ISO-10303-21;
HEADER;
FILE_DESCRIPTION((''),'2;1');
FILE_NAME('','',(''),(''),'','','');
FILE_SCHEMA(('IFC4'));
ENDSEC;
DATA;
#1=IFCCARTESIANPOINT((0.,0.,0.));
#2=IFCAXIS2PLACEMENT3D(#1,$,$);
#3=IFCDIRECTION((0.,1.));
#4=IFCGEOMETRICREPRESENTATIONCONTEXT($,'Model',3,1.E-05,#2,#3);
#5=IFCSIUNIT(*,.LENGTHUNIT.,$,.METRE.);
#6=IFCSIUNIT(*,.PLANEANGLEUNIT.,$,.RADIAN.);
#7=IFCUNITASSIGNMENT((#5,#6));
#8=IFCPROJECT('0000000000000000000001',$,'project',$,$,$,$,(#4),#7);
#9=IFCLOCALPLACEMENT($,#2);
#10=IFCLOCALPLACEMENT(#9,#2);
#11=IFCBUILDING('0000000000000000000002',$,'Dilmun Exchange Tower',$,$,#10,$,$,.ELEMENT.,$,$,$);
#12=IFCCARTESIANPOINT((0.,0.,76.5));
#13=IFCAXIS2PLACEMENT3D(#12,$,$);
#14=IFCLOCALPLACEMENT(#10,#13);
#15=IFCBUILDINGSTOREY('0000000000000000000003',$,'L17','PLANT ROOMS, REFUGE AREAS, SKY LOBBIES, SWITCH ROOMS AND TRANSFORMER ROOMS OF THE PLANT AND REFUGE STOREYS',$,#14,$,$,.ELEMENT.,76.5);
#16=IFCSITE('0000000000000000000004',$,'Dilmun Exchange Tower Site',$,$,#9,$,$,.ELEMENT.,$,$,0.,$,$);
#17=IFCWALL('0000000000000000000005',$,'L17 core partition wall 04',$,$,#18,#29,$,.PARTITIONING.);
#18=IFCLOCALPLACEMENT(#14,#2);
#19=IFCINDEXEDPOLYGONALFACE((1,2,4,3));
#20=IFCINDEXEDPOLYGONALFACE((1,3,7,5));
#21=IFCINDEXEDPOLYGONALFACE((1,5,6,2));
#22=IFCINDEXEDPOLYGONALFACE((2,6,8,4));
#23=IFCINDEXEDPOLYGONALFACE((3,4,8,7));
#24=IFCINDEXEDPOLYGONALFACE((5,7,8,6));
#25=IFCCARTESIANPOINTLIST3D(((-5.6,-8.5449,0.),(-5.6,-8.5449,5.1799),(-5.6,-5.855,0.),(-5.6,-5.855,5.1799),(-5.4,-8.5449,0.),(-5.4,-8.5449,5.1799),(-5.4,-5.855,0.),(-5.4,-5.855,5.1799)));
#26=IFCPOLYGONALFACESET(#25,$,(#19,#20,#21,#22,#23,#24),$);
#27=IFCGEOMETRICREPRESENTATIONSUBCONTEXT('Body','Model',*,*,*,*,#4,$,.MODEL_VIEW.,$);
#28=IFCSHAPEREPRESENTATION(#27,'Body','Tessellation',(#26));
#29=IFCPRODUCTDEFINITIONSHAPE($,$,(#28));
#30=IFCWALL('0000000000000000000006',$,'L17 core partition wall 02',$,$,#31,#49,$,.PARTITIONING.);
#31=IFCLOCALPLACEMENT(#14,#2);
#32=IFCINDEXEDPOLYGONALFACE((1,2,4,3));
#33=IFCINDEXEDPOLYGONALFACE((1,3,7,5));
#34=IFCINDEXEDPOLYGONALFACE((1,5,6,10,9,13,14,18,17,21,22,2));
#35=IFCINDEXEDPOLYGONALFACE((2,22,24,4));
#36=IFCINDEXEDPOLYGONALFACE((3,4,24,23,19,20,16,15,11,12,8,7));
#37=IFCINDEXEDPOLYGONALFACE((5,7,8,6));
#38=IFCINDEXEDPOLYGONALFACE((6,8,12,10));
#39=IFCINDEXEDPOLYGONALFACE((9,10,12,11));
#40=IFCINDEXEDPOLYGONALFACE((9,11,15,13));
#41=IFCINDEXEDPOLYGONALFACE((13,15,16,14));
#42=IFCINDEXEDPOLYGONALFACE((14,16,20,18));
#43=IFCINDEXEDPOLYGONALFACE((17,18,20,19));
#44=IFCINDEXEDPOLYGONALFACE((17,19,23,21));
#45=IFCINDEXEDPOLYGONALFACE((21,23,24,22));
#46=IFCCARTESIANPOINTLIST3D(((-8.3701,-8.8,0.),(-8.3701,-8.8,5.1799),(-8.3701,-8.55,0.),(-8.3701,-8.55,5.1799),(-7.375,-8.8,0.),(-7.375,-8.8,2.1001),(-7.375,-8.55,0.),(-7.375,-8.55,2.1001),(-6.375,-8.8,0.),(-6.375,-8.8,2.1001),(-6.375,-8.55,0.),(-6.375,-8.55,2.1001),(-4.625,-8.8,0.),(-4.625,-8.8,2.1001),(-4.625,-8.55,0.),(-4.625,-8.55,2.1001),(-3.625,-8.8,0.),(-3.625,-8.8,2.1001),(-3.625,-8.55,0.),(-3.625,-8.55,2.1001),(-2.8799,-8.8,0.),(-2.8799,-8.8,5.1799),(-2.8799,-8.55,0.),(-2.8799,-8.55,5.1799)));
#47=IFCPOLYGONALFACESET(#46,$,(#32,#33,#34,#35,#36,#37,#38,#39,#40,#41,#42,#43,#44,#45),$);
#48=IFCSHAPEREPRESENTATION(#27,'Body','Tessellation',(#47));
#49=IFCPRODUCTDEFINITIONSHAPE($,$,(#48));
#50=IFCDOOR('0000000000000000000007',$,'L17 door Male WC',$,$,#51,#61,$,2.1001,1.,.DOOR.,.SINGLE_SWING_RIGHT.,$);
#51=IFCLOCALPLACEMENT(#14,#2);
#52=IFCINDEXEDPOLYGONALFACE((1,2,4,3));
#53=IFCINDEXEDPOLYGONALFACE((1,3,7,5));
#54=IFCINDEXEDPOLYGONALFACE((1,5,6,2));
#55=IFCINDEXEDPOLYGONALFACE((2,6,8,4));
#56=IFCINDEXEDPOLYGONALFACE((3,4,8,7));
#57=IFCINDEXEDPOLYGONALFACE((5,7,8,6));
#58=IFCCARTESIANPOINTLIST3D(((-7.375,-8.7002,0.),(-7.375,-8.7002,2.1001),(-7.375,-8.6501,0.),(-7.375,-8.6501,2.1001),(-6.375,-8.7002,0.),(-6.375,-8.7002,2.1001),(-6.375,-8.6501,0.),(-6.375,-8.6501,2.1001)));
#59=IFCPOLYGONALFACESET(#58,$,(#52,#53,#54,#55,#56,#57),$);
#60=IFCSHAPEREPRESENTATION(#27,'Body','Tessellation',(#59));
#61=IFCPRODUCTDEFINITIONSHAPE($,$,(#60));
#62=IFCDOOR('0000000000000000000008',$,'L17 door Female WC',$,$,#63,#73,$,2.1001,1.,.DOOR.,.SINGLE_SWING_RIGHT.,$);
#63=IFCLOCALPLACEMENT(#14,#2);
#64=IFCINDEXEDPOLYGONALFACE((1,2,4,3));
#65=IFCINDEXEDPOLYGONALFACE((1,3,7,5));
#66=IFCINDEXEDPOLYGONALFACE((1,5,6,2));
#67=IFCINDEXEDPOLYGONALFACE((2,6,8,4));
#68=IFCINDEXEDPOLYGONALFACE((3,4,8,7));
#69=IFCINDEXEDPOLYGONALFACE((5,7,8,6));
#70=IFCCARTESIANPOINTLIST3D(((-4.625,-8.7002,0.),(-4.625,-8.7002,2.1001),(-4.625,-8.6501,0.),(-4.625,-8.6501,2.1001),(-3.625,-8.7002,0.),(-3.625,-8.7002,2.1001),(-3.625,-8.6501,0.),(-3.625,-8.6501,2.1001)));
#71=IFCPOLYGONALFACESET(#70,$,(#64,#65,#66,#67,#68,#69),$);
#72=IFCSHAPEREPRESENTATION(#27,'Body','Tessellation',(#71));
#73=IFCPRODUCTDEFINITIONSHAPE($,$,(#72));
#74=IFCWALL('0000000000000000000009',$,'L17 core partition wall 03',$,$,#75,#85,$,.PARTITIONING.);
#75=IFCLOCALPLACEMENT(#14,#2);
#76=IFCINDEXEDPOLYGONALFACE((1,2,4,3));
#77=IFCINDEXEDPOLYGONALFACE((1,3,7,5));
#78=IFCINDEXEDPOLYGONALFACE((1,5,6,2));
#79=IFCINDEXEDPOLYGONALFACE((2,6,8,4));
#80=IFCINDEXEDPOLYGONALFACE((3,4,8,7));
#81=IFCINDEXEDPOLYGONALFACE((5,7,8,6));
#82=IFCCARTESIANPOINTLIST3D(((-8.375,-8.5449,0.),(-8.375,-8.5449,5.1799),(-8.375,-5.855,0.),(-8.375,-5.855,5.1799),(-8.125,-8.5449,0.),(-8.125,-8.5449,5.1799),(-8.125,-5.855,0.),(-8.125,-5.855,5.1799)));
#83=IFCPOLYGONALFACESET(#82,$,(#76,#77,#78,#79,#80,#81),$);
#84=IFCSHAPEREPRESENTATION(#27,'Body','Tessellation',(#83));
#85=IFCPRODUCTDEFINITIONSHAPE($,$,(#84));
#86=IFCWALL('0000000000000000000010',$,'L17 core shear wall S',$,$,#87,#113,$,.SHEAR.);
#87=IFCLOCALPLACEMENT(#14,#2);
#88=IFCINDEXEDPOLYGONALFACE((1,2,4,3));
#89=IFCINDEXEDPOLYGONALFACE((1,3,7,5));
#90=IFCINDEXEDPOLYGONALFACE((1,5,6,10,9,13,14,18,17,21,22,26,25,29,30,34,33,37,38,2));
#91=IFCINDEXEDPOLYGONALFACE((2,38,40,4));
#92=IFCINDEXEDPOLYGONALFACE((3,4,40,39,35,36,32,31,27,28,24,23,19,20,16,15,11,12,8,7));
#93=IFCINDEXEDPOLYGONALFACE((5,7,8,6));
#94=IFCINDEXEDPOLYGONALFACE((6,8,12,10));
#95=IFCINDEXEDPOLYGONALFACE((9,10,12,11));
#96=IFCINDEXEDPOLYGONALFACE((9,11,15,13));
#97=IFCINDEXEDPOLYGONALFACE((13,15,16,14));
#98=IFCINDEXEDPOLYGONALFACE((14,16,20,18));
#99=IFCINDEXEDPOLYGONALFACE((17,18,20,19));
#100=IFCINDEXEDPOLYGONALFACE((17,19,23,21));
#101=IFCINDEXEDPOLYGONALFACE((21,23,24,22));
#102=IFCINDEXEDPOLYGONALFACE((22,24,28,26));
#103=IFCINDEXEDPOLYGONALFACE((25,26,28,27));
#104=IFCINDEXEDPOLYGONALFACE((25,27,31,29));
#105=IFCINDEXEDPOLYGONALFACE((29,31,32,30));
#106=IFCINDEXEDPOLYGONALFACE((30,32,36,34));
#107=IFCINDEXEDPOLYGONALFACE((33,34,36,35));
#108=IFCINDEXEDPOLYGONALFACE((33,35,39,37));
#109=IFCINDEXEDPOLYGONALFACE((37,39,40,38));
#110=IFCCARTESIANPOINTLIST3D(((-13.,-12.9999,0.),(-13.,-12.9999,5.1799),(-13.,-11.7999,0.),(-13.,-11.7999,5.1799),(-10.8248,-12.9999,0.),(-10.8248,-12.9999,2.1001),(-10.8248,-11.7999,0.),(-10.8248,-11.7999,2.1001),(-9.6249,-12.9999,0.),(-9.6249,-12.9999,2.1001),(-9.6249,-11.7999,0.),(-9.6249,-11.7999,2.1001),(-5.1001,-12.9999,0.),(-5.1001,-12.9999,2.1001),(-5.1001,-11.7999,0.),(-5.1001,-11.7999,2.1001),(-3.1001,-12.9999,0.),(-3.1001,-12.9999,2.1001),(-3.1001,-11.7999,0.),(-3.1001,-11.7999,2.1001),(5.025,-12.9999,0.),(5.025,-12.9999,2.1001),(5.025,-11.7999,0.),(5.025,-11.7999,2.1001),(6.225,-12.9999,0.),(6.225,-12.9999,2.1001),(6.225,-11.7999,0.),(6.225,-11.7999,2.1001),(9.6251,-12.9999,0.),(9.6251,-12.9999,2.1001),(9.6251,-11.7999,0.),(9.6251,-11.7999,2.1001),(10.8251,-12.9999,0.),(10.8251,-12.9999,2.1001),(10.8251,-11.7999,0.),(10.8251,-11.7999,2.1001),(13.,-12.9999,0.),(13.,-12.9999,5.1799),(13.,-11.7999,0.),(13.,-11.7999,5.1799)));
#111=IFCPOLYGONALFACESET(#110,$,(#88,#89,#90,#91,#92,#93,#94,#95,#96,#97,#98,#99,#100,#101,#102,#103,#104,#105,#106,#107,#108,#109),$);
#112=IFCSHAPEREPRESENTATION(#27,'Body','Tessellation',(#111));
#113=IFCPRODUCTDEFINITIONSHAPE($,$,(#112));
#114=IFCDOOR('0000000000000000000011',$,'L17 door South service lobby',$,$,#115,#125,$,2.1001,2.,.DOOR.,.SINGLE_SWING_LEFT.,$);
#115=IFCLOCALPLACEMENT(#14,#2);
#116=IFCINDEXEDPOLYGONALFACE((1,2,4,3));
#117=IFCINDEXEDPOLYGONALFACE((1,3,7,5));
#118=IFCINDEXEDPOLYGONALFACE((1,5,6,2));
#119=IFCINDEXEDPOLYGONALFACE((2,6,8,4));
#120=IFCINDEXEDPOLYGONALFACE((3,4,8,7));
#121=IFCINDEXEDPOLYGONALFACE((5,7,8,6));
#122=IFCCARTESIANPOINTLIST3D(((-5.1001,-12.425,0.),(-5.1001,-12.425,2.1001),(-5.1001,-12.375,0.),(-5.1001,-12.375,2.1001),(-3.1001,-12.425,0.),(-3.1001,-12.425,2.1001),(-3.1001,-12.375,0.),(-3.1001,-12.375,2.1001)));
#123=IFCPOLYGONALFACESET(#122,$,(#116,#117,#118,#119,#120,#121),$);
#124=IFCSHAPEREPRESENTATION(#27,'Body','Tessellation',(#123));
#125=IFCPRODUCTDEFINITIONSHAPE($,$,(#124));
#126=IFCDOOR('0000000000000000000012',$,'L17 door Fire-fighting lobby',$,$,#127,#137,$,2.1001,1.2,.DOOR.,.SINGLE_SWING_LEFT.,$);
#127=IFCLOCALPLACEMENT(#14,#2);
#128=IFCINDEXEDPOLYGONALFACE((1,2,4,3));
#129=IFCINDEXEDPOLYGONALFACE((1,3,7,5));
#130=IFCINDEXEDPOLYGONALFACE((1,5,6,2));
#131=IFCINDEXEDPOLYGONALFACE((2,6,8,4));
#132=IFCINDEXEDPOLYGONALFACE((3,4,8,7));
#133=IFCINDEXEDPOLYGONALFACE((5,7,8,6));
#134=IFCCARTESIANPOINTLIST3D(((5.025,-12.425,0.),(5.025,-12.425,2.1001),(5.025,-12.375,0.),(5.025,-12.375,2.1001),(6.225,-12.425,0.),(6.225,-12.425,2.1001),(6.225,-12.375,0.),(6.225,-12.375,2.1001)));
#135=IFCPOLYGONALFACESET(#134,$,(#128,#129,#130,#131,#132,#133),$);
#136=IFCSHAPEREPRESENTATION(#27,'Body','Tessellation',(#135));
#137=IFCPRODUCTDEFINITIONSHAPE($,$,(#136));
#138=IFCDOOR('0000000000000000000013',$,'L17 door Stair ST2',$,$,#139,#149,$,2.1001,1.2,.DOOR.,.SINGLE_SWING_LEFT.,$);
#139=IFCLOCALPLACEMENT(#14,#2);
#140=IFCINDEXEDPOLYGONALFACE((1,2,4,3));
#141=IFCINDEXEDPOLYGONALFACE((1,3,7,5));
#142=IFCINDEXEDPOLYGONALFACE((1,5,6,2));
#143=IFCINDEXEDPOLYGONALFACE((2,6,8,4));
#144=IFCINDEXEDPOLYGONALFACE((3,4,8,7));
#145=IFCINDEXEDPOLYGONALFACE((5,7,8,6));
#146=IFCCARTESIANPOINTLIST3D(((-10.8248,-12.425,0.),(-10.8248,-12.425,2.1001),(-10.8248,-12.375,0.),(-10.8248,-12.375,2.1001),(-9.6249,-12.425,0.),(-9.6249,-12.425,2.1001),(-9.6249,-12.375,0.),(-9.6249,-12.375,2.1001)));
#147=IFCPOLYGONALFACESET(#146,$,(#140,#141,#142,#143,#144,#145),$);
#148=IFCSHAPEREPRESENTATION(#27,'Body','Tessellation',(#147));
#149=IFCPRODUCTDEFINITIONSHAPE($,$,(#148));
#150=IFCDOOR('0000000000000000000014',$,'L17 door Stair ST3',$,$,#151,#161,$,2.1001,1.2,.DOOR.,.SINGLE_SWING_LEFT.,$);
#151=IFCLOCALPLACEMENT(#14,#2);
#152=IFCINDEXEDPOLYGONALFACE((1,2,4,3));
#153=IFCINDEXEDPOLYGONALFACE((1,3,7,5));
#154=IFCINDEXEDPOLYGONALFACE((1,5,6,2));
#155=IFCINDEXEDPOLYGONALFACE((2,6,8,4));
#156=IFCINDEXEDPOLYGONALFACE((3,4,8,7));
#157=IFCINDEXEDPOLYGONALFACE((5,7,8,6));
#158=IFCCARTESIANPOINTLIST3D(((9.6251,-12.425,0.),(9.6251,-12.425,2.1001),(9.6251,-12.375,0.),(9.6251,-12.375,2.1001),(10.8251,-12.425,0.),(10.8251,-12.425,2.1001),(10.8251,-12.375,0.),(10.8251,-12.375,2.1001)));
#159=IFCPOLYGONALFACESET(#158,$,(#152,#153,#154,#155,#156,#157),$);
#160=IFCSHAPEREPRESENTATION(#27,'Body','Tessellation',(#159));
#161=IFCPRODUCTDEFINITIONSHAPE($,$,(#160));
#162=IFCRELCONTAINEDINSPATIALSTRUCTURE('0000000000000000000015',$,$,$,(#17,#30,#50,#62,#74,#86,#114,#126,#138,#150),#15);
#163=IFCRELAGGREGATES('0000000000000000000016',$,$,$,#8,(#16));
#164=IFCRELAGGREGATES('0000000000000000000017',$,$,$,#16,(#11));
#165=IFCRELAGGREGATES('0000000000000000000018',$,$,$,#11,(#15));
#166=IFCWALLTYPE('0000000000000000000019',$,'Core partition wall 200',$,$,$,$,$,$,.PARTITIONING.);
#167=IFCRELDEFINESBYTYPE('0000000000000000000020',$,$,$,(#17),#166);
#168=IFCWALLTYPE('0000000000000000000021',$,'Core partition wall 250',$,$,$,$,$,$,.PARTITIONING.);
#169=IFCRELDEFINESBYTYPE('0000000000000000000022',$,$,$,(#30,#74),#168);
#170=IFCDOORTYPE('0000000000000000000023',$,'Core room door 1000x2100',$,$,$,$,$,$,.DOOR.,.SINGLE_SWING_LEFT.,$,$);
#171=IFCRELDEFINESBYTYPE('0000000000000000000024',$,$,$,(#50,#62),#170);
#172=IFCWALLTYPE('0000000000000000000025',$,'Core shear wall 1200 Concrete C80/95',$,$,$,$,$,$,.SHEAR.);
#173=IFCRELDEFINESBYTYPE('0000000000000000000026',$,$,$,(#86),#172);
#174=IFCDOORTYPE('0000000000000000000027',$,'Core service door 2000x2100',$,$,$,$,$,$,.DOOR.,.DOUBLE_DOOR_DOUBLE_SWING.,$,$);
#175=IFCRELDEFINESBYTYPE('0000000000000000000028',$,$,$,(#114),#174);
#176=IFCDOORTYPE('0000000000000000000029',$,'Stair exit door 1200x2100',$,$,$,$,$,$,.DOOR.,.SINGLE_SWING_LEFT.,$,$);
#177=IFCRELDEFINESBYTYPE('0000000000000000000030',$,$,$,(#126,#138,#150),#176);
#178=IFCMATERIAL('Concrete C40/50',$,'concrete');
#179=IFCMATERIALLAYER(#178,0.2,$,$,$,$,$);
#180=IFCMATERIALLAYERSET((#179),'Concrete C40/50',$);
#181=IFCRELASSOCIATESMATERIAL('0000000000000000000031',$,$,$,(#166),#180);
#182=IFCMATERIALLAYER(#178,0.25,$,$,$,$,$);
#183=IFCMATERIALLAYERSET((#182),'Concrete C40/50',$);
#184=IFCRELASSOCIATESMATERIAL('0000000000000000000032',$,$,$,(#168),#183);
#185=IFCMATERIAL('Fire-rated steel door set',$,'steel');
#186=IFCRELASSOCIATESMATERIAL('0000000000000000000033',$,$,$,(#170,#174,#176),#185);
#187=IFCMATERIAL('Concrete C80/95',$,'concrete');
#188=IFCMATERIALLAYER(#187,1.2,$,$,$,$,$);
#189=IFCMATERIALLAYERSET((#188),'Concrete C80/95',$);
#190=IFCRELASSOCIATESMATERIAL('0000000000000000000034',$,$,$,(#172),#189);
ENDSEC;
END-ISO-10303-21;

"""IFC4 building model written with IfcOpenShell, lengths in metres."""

from ifc_helpers import new_model, si_unit, direction, frame, frame_2d, origin, place, context, subcontext, project, spatial, rectangle, extrude, material, layer, layer_set, type_object, element, fill, save


model = new_model("IFC4")

# Units and contexts
model_context = context("Model", 3, precision=1e-05, world=origin(), true_north=direction((0.0, 1.0)))
body_context = subcontext(model_context, "Body", "Model", "MODEL_VIEW")
ifc_project = project(units=[si_unit("LENGTHUNIT", "METRE"), si_unit("PLANEANGLEUNIT", "RADIAN")], contexts=[model_context])

# Site, building, storey
site_placement = place(None, origin())
site = spatial("IfcSite", under=ifc_project, at=site_placement, Name="Dilmun Exchange Tower Site", CompositionType="ELEMENT", RefElevation=0.0)
building_placement = place(site_placement, origin())
building = spatial("IfcBuilding", under=site, at=building_placement, Name="Dilmun Exchange Tower", CompositionType="ELEMENT")
storey_placement = place(building_placement, frame((0.0, 0.0, 76.5)))
storey = spatial("IfcBuildingStorey", under=building, at=storey_placement, Name="L17", Description="PLANT ROOMS, REFUGE AREAS, SKY LOBBIES, SWITCH ROOMS AND TRANSFORMER ROOMS OF THE PLANT AND REFUGE STOREYS", CompositionType="ELEMENT", Elevation=76.5)

# Wall
ifc_material_1 = material(Name="Concrete C40/50", Category="concrete")
ifc_layer_1 = layer(ifc_material_1, 0.2)
ifc_layer_set_1 = layer_set([ifc_layer_1], Name="Concrete C40/50")
wall_type_1 = type_object("IfcWallType", Name="Core partition wall 200", PredefinedType="PARTITIONING", material=ifc_layer_set_1)
wall_1_placement = place(storey_placement, frame((-5.5, -8.5449, 0.0), z_axis=(0.0, 0.0, 1.0), x_axis=(0.0, 1.0, 0.0)))
element("IfcWall", 1, at=wall_1_placement, inside=storey, type_object=wall_type_1, Name="L17 core partition wall 04", PredefinedType="PARTITIONING", context=body_context, shape_type="SweptSolid", body=[
    extrude(rectangle(XDim=2.6899, YDim=0.2, at=frame_2d((1.345, 0.0))), origin(), (0.0, 0.0, 1.0), 5.1799),
])

# Wall, openings, doors
ifc_layer_2 = layer(ifc_material_1, 0.25)
ifc_layer_set_2 = layer_set([ifc_layer_2], Name="Concrete C40/50")
wall_type_2 = type_object("IfcWallType", Name="Core partition wall 250", PredefinedType="PARTITIONING", material=ifc_layer_set_2)
wall_2_placement = place(storey_placement, frame((-8.3701, -8.675, 0.0), z_axis=(0.0, 0.0, 1.0), x_axis=(1.0, 0.0, 0.0)))
wall_2 = element("IfcWall", 2, at=wall_2_placement, inside=storey, type_object=wall_type_2, Name="L17 core partition wall 02", PredefinedType="PARTITIONING", context=body_context, shape_type="SweptSolid", body=[
    extrude(rectangle(XDim=5.4902, YDim=0.25, at=frame_2d((2.7451, 0.0))), origin(), (0.0, 0.0, 1.0), 5.1799),
])
opening_1_placement = place(wall_2_placement, frame((0.9951, 0.0, 0.0)))
opening_1 = element("IfcOpeningElement", 3, at=opening_1_placement, cuts=wall_2, PredefinedType="OPENING", context=body_context, shape_type="SweptSolid", body=[
    extrude(rectangle(XDim=1.0, YDim=2.1001, at=frame_2d((0.5, 1.05))), frame((0.0, 0.135, 0.0), z_axis=(0.0, -1.0, 0.0), x_axis=(1.0, 0.0, 0.0)), (0.0, 0.0, 1.0), 0.27),
])
opening_2_placement = place(wall_2_placement, frame((3.7451, 0.0, 0.0)))
opening_2 = element("IfcOpeningElement", 4, at=opening_2_placement, cuts=wall_2, PredefinedType="OPENING", context=body_context, shape_type="SweptSolid", body=[
    extrude(rectangle(XDim=1.0, YDim=2.1001, at=frame_2d((0.5, 1.05))), frame((0.0, 0.135, 0.0), z_axis=(0.0, -1.0, 0.0), x_axis=(1.0, 0.0, 0.0)), (0.0, 0.0, 1.0), 0.27),
])
ifc_material_2 = material(Name="Fire-rated steel door set", Category="steel")
door_type_1 = type_object("IfcDoorType", Name="Core room door 1000x2100", OperationType="SINGLE_SWING_LEFT", PredefinedType="DOOR", material=ifc_material_2)
door_1_placement = place(opening_1_placement, origin())
door_1 = element("IfcDoor", 5, at=door_1_placement, inside=storey, type_object=door_type_1, Name="L17 door Male WC", OperationType="SINGLE_SWING_RIGHT", OverallHeight=2.1001, OverallWidth=1.0, PredefinedType="DOOR", context=body_context, shape_type="SweptSolid", body=[
    extrude(rectangle(XDim=1.0, YDim=2.1001, at=frame_2d((0.5, 1.05))), frame((0.0, 0.0249, 0.0), z_axis=(0.0, -1.0, 0.0), x_axis=(1.0, 0.0, 0.0)), (0.0, 0.0, 1.0), 0.05),
])
fill(opening_1, door_1)
door_2_placement = place(opening_2_placement, origin())
door_2 = element("IfcDoor", 6, at=door_2_placement, inside=storey, type_object=door_type_1, Name="L17 door Female WC", OperationType="SINGLE_SWING_RIGHT", OverallHeight=2.1001, OverallWidth=1.0, PredefinedType="DOOR", context=body_context, shape_type="SweptSolid", body=[
    extrude(rectangle(XDim=1.0, YDim=2.1001, at=frame_2d((0.5, 1.05))), frame((0.0, 0.0249, 0.0), z_axis=(0.0, -1.0, 0.0), x_axis=(1.0, 0.0, 0.0)), (0.0, 0.0, 1.0), 0.05),
])
fill(opening_2, door_2)

# Wall
wall_3_placement = place(storey_placement, frame((-8.25, -8.5449, 0.0), z_axis=(0.0, 0.0, 1.0), x_axis=(0.0, 1.0, 0.0)))
element("IfcWall", 7, at=wall_3_placement, inside=storey, type_object=wall_type_2, Name="L17 core partition wall 03", PredefinedType="PARTITIONING", context=body_context, shape_type="SweptSolid", body=[
    extrude(rectangle(XDim=2.6899, YDim=0.25, at=frame_2d((1.345, 0.0))), origin(), (0.0, 0.0, 1.0), 5.1799),
])

# Wall, openings, doors
ifc_material_3 = material(Name="Concrete C80/95", Category="concrete")
ifc_layer_3 = layer(ifc_material_3, 1.2)
ifc_layer_set_3 = layer_set([ifc_layer_3], Name="Concrete C80/95")
wall_type_3 = type_object("IfcWallType", Name="Core shear wall 1200 Concrete C80/95", PredefinedType="SHEAR", material=ifc_layer_set_3)
wall_4_placement = place(storey_placement, frame((-13.0, -12.3999, 0.0), z_axis=(0.0, 0.0, 1.0), x_axis=(1.0, 0.0, 0.0)))
wall_4 = element("IfcWall", 8, at=wall_4_placement, inside=storey, type_object=wall_type_3, Name="L17 core shear wall S", PredefinedType="SHEAR", context=body_context, shape_type="SweptSolid", body=[
    extrude(rectangle(XDim=26.0, YDim=1.2, at=frame_2d((13.0, 0.0))), origin(), (0.0, 0.0, 1.0), 5.1799),
])
opening_3_placement = place(wall_4_placement, frame((7.8999, 0.0, 0.0)))
opening_3 = element("IfcOpeningElement", 9, at=opening_3_placement, cuts=wall_4, PredefinedType="OPENING", context=body_context, shape_type="SweptSolid", body=[
    extrude(rectangle(XDim=2.0, YDim=2.1001, at=frame_2d((1.0, 1.05))), frame((0.0, 0.6099, 0.0), z_axis=(0.0, -1.0, 0.0), x_axis=(1.0, 0.0, 0.0)), (0.0, 0.0, 1.0), 1.22),
])
opening_4_placement = place(wall_4_placement, frame((18.0249, 0.0, 0.0)))
opening_4 = element("IfcOpeningElement", 10, at=opening_4_placement, cuts=wall_4, PredefinedType="OPENING", context=body_context, shape_type="SweptSolid", body=[
    extrude(rectangle(XDim=1.2, YDim=2.1001, at=frame_2d((0.6001, 1.05))), frame((0.0, 0.6099, 0.0), z_axis=(0.0, -1.0, 0.0), x_axis=(1.0, 0.0, 0.0)), (0.0, 0.0, 1.0), 1.22),
])
opening_5_placement = place(wall_4_placement, frame((2.175, 0.0, 0.0)))
opening_5 = element("IfcOpeningElement", 11, at=opening_5_placement, cuts=wall_4, PredefinedType="OPENING", context=body_context, shape_type="SweptSolid", body=[
    extrude(rectangle(XDim=1.2, YDim=2.1001, at=frame_2d((0.6001, 1.05))), frame((0.0, 0.6099, 0.0), z_axis=(0.0, -1.0, 0.0), x_axis=(1.0, 0.0, 0.0)), (0.0, 0.0, 1.0), 1.22),
])
opening_6_placement = place(wall_4_placement, frame((22.625, 0.0, 0.0)))
opening_6 = element("IfcOpeningElement", 12, at=opening_6_placement, cuts=wall_4, PredefinedType="OPENING", context=body_context, shape_type="SweptSolid", body=[
    extrude(rectangle(XDim=1.2, YDim=2.1001, at=frame_2d((0.6001, 1.05))), frame((0.0, 0.6099, 0.0), z_axis=(0.0, -1.0, 0.0), x_axis=(1.0, 0.0, 0.0)), (0.0, 0.0, 1.0), 1.22),
])
door_type_2 = type_object("IfcDoorType", Name="Core service door 2000x2100", OperationType="DOUBLE_DOOR_DOUBLE_SWING", PredefinedType="DOOR", material=ifc_material_2)
door_3_placement = place(opening_3_placement, origin())
door_3 = element("IfcDoor", 13, at=door_3_placement, inside=storey, type_object=door_type_2, Name="L17 door South service lobby", OperationType="SINGLE_SWING_LEFT", OverallHeight=2.1001, OverallWidth=2.0, PredefinedType="DOOR", context=body_context, shape_type="SweptSolid", body=[
    extrude(rectangle(XDim=2.0, YDim=2.1001, at=frame_2d((1.0, 1.05))), frame((0.0, 0.0249, 0.0), z_axis=(0.0, -1.0, 0.0), x_axis=(1.0, 0.0, 0.0)), (0.0, 0.0, 1.0), 0.05),
])
fill(opening_3, door_3)
door_type_3 = type_object("IfcDoorType", Name="Stair exit door 1200x2100", OperationType="SINGLE_SWING_LEFT", PredefinedType="DOOR", material=ifc_material_2)
door_4_placement = place(opening_4_placement, origin())
door_4 = element("IfcDoor", 14, at=door_4_placement, inside=storey, type_object=door_type_3, Name="L17 door Fire-fighting lobby", OperationType="SINGLE_SWING_LEFT", OverallHeight=2.1001, OverallWidth=1.2, PredefinedType="DOOR", context=body_context, shape_type="SweptSolid", body=[
    extrude(rectangle(XDim=1.2, YDim=2.1001, at=frame_2d((0.6001, 1.05))), frame((0.0, 0.0249, 0.0), z_axis=(0.0, -1.0, 0.0), x_axis=(1.0, 0.0, 0.0)), (0.0, 0.0, 1.0), 0.05),
])
fill(opening_4, door_4)
door_5_placement = place(opening_5_placement, origin())
door_5 = element("IfcDoor", 15, at=door_5_placement, inside=storey, type_object=door_type_3, Name="L17 door Stair ST2", OperationType="SINGLE_SWING_LEFT", OverallHeight=2.1001, OverallWidth=1.2, PredefinedType="DOOR", context=body_context, shape_type="SweptSolid", body=[
    extrude(rectangle(XDim=1.2, YDim=2.1001, at=frame_2d((0.6001, 1.05))), frame((0.0, 0.0249, 0.0), z_axis=(0.0, -1.0, 0.0), x_axis=(1.0, 0.0, 0.0)), (0.0, 0.0, 1.0), 0.05),
])
fill(opening_5, door_5)
door_6_placement = place(opening_6_placement, origin())
door_6 = element("IfcDoor", 16, at=door_6_placement, inside=storey, type_object=door_type_3, Name="L17 door Stair ST3", OperationType="SINGLE_SWING_LEFT", OverallHeight=2.1001, OverallWidth=1.2, PredefinedType="DOOR", context=body_context, shape_type="SweptSolid", body=[
    extrude(rectangle(XDim=1.2, YDim=2.1001, at=frame_2d((0.6001, 1.05))), frame((0.0, 0.0249, 0.0), z_axis=(0.0, -1.0, 0.0), x_axis=(1.0, 0.0, 0.0)), (0.0, 0.0, 1.0), 0.05),
])
fill(opening_6, door_6)

save(model, "model.ifc")
